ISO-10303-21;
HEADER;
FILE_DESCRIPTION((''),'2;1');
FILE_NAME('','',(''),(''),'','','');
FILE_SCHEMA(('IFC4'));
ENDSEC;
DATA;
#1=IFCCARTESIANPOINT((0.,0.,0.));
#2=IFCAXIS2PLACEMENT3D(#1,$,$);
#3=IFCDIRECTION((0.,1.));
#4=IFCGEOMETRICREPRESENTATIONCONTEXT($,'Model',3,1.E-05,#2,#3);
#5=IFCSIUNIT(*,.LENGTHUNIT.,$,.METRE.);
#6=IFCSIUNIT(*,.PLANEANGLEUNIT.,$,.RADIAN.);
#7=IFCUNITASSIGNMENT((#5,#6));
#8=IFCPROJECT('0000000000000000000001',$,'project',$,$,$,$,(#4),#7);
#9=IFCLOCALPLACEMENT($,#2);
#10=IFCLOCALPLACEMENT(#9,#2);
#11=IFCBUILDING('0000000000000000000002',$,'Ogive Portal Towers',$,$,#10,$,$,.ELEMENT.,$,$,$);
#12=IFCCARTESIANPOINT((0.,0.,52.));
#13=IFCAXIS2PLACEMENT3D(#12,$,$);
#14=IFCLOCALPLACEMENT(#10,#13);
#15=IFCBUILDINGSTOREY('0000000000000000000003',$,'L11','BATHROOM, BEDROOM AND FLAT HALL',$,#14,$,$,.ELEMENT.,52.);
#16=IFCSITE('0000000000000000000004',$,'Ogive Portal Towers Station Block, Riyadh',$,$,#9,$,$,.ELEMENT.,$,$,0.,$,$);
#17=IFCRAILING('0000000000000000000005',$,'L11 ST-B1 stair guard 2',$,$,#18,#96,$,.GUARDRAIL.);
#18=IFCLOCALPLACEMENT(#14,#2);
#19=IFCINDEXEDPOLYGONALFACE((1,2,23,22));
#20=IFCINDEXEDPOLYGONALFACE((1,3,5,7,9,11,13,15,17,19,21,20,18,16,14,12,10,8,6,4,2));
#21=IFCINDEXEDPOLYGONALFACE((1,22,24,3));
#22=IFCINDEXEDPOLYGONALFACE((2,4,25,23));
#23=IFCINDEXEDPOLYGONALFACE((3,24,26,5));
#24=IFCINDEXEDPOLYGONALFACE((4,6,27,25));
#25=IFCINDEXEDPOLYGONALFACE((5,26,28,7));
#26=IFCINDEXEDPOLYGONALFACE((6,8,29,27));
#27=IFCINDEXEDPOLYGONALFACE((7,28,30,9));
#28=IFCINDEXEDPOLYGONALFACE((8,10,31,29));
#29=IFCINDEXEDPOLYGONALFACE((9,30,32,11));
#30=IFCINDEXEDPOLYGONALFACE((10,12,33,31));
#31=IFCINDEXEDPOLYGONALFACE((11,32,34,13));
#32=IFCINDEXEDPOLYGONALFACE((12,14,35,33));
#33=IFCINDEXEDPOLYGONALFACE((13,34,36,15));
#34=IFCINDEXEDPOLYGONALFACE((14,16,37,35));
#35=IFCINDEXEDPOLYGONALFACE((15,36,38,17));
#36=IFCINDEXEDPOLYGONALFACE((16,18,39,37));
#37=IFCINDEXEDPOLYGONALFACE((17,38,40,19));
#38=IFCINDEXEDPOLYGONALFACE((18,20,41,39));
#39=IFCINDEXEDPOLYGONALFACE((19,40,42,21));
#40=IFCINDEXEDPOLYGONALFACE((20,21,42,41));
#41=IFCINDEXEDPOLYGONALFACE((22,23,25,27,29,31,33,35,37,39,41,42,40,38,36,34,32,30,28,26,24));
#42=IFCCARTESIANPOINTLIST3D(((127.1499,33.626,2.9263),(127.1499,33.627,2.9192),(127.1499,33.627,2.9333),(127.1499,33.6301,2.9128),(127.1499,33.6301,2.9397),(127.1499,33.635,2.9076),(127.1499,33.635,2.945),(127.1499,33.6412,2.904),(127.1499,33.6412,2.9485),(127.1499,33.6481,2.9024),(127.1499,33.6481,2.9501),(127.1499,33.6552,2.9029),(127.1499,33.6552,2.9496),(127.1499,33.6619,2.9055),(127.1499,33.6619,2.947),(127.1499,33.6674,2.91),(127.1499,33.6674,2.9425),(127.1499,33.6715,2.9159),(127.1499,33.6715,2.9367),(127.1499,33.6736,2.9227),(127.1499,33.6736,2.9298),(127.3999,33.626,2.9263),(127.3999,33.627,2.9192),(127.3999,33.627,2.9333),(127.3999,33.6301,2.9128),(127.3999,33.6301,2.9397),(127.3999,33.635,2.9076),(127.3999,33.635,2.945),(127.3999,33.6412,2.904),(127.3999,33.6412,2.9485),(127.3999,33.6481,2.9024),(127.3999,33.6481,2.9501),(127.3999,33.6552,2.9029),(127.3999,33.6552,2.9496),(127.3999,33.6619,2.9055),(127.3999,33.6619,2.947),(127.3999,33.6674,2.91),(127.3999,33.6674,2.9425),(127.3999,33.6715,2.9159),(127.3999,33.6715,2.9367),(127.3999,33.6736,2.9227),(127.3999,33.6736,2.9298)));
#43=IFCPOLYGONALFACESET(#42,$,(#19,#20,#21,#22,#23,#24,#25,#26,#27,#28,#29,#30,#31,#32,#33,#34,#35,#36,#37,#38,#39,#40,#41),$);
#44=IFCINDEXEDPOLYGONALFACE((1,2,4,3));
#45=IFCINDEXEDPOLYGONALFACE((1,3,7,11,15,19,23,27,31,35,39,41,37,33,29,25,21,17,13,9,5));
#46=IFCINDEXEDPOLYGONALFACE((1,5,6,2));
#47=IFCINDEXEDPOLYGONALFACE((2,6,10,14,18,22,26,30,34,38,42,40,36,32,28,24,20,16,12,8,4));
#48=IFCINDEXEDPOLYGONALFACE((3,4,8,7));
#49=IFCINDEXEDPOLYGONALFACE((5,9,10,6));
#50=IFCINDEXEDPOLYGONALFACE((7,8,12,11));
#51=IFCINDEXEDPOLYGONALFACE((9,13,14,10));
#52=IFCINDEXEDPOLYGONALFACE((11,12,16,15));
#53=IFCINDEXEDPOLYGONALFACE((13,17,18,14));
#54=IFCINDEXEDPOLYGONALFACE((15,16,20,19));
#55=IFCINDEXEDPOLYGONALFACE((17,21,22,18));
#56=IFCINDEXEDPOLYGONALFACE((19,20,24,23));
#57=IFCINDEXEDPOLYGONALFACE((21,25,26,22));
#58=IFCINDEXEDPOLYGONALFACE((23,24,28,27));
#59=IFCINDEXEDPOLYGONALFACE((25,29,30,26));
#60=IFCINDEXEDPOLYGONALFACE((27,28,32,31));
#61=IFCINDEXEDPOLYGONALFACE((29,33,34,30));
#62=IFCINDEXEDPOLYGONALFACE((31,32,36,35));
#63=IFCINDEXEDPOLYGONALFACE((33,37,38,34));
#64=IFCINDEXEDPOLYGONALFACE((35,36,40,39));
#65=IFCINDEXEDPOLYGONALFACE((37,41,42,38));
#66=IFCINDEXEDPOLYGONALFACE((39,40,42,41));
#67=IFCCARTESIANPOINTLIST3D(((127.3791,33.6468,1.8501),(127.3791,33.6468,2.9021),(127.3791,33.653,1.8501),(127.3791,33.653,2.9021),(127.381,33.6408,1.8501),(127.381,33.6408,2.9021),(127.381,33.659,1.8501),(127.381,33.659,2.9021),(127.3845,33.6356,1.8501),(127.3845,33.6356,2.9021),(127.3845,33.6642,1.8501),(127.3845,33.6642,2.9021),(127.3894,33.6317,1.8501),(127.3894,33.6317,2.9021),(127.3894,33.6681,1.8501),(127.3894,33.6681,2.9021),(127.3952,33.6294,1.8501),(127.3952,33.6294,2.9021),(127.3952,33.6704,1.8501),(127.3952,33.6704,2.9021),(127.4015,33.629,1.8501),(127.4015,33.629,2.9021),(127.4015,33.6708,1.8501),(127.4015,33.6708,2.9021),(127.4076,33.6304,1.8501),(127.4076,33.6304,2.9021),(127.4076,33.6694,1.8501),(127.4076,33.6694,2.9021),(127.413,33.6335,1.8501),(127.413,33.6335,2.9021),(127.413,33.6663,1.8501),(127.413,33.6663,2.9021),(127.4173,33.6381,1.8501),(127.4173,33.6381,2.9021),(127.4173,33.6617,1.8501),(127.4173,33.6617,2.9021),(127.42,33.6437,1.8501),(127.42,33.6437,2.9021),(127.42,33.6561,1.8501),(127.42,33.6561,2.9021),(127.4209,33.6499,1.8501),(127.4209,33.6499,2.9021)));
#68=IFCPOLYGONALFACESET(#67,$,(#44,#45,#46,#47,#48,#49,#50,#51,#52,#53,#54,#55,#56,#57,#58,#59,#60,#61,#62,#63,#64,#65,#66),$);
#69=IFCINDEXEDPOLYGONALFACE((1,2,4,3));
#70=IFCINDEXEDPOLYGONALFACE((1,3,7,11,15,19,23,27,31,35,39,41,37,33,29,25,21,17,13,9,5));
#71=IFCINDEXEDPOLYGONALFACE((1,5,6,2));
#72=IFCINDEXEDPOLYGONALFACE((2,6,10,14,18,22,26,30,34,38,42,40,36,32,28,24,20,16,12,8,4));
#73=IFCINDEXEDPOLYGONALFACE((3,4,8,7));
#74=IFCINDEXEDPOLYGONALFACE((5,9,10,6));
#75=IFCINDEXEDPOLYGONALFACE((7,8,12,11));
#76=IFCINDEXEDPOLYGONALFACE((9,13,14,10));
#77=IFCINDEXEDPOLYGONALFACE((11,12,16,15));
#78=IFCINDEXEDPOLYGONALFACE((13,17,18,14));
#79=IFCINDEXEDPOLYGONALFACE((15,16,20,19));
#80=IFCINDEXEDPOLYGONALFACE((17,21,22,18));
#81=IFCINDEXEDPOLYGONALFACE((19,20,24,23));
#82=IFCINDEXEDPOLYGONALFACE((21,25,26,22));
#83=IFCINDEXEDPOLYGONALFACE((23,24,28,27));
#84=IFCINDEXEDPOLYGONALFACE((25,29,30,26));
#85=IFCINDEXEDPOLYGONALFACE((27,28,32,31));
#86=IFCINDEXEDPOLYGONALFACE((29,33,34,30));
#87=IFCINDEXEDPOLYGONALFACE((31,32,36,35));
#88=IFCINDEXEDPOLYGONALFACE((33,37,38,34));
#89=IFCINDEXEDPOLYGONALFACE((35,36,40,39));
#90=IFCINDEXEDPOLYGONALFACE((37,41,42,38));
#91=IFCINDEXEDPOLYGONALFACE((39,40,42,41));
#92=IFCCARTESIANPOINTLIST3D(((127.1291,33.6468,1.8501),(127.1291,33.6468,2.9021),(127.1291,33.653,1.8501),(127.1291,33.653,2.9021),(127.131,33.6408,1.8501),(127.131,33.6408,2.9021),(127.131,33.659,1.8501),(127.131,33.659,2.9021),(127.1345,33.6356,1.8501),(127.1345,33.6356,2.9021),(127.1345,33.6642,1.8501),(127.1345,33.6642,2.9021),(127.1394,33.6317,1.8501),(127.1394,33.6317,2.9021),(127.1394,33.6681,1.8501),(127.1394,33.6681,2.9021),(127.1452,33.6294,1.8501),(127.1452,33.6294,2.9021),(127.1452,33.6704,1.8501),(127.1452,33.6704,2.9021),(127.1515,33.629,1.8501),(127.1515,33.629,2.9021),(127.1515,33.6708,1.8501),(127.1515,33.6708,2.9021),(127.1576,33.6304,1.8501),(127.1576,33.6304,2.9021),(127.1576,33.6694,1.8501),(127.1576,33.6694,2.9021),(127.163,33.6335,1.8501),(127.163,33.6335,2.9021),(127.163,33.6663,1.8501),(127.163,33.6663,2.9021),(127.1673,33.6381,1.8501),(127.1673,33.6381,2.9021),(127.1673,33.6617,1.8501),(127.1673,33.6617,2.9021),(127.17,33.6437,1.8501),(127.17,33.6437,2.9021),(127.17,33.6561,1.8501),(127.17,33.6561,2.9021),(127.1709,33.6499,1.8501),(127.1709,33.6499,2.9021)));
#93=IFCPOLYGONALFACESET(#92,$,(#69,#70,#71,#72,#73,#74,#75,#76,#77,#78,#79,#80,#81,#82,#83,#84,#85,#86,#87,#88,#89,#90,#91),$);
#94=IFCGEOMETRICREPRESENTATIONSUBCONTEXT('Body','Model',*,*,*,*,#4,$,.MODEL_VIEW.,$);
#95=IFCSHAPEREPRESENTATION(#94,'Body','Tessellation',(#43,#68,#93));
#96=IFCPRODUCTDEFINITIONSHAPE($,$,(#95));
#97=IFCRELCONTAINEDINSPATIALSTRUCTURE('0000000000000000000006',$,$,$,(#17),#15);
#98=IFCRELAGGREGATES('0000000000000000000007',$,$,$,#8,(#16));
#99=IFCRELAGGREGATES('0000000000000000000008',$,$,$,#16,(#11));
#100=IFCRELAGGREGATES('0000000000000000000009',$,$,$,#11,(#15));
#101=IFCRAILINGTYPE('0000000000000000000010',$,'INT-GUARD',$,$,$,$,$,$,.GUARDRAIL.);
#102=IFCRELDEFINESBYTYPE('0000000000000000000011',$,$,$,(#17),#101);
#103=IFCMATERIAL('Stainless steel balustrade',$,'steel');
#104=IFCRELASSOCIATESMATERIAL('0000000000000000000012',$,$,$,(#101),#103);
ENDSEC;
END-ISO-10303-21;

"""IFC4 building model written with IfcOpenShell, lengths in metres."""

from ifc_helpers import new_model, si_unit, direction, frame, origin, origin_2d, place, context, subcontext, project, spatial, circle, extrude, material, type_object, element, save


model = new_model("IFC4")

# Units and contexts
model_context = context("Model", 3, precision=1e-05, world=origin(), true_north=direction((0.0, 1.0)))
body_context = subcontext(model_context, "Body", "Model", "MODEL_VIEW")
ifc_project = project(units=[si_unit("LENGTHUNIT", "METRE"), si_unit("PLANEANGLEUNIT", "RADIAN")], contexts=[model_context])

# Site, building, storey
site_placement = place(None, origin())
site = spatial("IfcSite", under=ifc_project, at=site_placement, Name="Ogive Portal Towers Station Block, Riyadh", CompositionType="ELEMENT", RefElevation=0.0)
building_placement = place(site_placement, origin())
building = spatial("IfcBuilding", under=site, at=building_placement, Name="Ogive Portal Towers", CompositionType="ELEMENT")
storey_placement = place(building_placement, frame((0.0, 0.0, 52.0)))
storey = spatial("IfcBuildingStorey", under=building, at=storey_placement, Name="L11", Description="BATHROOM, BEDROOM AND FLAT HALL", CompositionType="ELEMENT", Elevation=52.0)

# Railing
ifc_material_1 = material(Name="Stainless steel balustrade", Category="steel")
railing_type_1 = type_object("IfcRailingType", Name="INT-GUARD", PredefinedType="GUARDRAIL", material=ifc_material_1)
railing_1_placement = place(storey_placement, frame((127.3999, 33.6499, 1.8501)))
element("IfcRailing", 1, at=railing_1_placement, inside=storey, type_object=railing_type_1, Name="L11 ST-B1 stair guard 2", PredefinedType="GUARDRAIL", context=body_context, shape_type="SweptSolid", body=[
    extrude(circle(Radius=0.0239, at=origin_2d()), frame((0.0, 0.0, 1.0762), z_axis=(-1.0, 0.0, 0.0), x_axis=(0.0, -1.0, 0.0)), (0.0, 0.0, 1.0), 0.25),
    extrude(circle(Radius=0.021, at=origin_2d()), origin(), (0.0, 0.0, 1.0), 1.052),
    extrude(circle(Radius=0.021, at=origin_2d()), frame((-0.25, 0.0, 0.0)), (0.0, 0.0, 1.0), 1.052),
])

save(model, "model.ifc")
